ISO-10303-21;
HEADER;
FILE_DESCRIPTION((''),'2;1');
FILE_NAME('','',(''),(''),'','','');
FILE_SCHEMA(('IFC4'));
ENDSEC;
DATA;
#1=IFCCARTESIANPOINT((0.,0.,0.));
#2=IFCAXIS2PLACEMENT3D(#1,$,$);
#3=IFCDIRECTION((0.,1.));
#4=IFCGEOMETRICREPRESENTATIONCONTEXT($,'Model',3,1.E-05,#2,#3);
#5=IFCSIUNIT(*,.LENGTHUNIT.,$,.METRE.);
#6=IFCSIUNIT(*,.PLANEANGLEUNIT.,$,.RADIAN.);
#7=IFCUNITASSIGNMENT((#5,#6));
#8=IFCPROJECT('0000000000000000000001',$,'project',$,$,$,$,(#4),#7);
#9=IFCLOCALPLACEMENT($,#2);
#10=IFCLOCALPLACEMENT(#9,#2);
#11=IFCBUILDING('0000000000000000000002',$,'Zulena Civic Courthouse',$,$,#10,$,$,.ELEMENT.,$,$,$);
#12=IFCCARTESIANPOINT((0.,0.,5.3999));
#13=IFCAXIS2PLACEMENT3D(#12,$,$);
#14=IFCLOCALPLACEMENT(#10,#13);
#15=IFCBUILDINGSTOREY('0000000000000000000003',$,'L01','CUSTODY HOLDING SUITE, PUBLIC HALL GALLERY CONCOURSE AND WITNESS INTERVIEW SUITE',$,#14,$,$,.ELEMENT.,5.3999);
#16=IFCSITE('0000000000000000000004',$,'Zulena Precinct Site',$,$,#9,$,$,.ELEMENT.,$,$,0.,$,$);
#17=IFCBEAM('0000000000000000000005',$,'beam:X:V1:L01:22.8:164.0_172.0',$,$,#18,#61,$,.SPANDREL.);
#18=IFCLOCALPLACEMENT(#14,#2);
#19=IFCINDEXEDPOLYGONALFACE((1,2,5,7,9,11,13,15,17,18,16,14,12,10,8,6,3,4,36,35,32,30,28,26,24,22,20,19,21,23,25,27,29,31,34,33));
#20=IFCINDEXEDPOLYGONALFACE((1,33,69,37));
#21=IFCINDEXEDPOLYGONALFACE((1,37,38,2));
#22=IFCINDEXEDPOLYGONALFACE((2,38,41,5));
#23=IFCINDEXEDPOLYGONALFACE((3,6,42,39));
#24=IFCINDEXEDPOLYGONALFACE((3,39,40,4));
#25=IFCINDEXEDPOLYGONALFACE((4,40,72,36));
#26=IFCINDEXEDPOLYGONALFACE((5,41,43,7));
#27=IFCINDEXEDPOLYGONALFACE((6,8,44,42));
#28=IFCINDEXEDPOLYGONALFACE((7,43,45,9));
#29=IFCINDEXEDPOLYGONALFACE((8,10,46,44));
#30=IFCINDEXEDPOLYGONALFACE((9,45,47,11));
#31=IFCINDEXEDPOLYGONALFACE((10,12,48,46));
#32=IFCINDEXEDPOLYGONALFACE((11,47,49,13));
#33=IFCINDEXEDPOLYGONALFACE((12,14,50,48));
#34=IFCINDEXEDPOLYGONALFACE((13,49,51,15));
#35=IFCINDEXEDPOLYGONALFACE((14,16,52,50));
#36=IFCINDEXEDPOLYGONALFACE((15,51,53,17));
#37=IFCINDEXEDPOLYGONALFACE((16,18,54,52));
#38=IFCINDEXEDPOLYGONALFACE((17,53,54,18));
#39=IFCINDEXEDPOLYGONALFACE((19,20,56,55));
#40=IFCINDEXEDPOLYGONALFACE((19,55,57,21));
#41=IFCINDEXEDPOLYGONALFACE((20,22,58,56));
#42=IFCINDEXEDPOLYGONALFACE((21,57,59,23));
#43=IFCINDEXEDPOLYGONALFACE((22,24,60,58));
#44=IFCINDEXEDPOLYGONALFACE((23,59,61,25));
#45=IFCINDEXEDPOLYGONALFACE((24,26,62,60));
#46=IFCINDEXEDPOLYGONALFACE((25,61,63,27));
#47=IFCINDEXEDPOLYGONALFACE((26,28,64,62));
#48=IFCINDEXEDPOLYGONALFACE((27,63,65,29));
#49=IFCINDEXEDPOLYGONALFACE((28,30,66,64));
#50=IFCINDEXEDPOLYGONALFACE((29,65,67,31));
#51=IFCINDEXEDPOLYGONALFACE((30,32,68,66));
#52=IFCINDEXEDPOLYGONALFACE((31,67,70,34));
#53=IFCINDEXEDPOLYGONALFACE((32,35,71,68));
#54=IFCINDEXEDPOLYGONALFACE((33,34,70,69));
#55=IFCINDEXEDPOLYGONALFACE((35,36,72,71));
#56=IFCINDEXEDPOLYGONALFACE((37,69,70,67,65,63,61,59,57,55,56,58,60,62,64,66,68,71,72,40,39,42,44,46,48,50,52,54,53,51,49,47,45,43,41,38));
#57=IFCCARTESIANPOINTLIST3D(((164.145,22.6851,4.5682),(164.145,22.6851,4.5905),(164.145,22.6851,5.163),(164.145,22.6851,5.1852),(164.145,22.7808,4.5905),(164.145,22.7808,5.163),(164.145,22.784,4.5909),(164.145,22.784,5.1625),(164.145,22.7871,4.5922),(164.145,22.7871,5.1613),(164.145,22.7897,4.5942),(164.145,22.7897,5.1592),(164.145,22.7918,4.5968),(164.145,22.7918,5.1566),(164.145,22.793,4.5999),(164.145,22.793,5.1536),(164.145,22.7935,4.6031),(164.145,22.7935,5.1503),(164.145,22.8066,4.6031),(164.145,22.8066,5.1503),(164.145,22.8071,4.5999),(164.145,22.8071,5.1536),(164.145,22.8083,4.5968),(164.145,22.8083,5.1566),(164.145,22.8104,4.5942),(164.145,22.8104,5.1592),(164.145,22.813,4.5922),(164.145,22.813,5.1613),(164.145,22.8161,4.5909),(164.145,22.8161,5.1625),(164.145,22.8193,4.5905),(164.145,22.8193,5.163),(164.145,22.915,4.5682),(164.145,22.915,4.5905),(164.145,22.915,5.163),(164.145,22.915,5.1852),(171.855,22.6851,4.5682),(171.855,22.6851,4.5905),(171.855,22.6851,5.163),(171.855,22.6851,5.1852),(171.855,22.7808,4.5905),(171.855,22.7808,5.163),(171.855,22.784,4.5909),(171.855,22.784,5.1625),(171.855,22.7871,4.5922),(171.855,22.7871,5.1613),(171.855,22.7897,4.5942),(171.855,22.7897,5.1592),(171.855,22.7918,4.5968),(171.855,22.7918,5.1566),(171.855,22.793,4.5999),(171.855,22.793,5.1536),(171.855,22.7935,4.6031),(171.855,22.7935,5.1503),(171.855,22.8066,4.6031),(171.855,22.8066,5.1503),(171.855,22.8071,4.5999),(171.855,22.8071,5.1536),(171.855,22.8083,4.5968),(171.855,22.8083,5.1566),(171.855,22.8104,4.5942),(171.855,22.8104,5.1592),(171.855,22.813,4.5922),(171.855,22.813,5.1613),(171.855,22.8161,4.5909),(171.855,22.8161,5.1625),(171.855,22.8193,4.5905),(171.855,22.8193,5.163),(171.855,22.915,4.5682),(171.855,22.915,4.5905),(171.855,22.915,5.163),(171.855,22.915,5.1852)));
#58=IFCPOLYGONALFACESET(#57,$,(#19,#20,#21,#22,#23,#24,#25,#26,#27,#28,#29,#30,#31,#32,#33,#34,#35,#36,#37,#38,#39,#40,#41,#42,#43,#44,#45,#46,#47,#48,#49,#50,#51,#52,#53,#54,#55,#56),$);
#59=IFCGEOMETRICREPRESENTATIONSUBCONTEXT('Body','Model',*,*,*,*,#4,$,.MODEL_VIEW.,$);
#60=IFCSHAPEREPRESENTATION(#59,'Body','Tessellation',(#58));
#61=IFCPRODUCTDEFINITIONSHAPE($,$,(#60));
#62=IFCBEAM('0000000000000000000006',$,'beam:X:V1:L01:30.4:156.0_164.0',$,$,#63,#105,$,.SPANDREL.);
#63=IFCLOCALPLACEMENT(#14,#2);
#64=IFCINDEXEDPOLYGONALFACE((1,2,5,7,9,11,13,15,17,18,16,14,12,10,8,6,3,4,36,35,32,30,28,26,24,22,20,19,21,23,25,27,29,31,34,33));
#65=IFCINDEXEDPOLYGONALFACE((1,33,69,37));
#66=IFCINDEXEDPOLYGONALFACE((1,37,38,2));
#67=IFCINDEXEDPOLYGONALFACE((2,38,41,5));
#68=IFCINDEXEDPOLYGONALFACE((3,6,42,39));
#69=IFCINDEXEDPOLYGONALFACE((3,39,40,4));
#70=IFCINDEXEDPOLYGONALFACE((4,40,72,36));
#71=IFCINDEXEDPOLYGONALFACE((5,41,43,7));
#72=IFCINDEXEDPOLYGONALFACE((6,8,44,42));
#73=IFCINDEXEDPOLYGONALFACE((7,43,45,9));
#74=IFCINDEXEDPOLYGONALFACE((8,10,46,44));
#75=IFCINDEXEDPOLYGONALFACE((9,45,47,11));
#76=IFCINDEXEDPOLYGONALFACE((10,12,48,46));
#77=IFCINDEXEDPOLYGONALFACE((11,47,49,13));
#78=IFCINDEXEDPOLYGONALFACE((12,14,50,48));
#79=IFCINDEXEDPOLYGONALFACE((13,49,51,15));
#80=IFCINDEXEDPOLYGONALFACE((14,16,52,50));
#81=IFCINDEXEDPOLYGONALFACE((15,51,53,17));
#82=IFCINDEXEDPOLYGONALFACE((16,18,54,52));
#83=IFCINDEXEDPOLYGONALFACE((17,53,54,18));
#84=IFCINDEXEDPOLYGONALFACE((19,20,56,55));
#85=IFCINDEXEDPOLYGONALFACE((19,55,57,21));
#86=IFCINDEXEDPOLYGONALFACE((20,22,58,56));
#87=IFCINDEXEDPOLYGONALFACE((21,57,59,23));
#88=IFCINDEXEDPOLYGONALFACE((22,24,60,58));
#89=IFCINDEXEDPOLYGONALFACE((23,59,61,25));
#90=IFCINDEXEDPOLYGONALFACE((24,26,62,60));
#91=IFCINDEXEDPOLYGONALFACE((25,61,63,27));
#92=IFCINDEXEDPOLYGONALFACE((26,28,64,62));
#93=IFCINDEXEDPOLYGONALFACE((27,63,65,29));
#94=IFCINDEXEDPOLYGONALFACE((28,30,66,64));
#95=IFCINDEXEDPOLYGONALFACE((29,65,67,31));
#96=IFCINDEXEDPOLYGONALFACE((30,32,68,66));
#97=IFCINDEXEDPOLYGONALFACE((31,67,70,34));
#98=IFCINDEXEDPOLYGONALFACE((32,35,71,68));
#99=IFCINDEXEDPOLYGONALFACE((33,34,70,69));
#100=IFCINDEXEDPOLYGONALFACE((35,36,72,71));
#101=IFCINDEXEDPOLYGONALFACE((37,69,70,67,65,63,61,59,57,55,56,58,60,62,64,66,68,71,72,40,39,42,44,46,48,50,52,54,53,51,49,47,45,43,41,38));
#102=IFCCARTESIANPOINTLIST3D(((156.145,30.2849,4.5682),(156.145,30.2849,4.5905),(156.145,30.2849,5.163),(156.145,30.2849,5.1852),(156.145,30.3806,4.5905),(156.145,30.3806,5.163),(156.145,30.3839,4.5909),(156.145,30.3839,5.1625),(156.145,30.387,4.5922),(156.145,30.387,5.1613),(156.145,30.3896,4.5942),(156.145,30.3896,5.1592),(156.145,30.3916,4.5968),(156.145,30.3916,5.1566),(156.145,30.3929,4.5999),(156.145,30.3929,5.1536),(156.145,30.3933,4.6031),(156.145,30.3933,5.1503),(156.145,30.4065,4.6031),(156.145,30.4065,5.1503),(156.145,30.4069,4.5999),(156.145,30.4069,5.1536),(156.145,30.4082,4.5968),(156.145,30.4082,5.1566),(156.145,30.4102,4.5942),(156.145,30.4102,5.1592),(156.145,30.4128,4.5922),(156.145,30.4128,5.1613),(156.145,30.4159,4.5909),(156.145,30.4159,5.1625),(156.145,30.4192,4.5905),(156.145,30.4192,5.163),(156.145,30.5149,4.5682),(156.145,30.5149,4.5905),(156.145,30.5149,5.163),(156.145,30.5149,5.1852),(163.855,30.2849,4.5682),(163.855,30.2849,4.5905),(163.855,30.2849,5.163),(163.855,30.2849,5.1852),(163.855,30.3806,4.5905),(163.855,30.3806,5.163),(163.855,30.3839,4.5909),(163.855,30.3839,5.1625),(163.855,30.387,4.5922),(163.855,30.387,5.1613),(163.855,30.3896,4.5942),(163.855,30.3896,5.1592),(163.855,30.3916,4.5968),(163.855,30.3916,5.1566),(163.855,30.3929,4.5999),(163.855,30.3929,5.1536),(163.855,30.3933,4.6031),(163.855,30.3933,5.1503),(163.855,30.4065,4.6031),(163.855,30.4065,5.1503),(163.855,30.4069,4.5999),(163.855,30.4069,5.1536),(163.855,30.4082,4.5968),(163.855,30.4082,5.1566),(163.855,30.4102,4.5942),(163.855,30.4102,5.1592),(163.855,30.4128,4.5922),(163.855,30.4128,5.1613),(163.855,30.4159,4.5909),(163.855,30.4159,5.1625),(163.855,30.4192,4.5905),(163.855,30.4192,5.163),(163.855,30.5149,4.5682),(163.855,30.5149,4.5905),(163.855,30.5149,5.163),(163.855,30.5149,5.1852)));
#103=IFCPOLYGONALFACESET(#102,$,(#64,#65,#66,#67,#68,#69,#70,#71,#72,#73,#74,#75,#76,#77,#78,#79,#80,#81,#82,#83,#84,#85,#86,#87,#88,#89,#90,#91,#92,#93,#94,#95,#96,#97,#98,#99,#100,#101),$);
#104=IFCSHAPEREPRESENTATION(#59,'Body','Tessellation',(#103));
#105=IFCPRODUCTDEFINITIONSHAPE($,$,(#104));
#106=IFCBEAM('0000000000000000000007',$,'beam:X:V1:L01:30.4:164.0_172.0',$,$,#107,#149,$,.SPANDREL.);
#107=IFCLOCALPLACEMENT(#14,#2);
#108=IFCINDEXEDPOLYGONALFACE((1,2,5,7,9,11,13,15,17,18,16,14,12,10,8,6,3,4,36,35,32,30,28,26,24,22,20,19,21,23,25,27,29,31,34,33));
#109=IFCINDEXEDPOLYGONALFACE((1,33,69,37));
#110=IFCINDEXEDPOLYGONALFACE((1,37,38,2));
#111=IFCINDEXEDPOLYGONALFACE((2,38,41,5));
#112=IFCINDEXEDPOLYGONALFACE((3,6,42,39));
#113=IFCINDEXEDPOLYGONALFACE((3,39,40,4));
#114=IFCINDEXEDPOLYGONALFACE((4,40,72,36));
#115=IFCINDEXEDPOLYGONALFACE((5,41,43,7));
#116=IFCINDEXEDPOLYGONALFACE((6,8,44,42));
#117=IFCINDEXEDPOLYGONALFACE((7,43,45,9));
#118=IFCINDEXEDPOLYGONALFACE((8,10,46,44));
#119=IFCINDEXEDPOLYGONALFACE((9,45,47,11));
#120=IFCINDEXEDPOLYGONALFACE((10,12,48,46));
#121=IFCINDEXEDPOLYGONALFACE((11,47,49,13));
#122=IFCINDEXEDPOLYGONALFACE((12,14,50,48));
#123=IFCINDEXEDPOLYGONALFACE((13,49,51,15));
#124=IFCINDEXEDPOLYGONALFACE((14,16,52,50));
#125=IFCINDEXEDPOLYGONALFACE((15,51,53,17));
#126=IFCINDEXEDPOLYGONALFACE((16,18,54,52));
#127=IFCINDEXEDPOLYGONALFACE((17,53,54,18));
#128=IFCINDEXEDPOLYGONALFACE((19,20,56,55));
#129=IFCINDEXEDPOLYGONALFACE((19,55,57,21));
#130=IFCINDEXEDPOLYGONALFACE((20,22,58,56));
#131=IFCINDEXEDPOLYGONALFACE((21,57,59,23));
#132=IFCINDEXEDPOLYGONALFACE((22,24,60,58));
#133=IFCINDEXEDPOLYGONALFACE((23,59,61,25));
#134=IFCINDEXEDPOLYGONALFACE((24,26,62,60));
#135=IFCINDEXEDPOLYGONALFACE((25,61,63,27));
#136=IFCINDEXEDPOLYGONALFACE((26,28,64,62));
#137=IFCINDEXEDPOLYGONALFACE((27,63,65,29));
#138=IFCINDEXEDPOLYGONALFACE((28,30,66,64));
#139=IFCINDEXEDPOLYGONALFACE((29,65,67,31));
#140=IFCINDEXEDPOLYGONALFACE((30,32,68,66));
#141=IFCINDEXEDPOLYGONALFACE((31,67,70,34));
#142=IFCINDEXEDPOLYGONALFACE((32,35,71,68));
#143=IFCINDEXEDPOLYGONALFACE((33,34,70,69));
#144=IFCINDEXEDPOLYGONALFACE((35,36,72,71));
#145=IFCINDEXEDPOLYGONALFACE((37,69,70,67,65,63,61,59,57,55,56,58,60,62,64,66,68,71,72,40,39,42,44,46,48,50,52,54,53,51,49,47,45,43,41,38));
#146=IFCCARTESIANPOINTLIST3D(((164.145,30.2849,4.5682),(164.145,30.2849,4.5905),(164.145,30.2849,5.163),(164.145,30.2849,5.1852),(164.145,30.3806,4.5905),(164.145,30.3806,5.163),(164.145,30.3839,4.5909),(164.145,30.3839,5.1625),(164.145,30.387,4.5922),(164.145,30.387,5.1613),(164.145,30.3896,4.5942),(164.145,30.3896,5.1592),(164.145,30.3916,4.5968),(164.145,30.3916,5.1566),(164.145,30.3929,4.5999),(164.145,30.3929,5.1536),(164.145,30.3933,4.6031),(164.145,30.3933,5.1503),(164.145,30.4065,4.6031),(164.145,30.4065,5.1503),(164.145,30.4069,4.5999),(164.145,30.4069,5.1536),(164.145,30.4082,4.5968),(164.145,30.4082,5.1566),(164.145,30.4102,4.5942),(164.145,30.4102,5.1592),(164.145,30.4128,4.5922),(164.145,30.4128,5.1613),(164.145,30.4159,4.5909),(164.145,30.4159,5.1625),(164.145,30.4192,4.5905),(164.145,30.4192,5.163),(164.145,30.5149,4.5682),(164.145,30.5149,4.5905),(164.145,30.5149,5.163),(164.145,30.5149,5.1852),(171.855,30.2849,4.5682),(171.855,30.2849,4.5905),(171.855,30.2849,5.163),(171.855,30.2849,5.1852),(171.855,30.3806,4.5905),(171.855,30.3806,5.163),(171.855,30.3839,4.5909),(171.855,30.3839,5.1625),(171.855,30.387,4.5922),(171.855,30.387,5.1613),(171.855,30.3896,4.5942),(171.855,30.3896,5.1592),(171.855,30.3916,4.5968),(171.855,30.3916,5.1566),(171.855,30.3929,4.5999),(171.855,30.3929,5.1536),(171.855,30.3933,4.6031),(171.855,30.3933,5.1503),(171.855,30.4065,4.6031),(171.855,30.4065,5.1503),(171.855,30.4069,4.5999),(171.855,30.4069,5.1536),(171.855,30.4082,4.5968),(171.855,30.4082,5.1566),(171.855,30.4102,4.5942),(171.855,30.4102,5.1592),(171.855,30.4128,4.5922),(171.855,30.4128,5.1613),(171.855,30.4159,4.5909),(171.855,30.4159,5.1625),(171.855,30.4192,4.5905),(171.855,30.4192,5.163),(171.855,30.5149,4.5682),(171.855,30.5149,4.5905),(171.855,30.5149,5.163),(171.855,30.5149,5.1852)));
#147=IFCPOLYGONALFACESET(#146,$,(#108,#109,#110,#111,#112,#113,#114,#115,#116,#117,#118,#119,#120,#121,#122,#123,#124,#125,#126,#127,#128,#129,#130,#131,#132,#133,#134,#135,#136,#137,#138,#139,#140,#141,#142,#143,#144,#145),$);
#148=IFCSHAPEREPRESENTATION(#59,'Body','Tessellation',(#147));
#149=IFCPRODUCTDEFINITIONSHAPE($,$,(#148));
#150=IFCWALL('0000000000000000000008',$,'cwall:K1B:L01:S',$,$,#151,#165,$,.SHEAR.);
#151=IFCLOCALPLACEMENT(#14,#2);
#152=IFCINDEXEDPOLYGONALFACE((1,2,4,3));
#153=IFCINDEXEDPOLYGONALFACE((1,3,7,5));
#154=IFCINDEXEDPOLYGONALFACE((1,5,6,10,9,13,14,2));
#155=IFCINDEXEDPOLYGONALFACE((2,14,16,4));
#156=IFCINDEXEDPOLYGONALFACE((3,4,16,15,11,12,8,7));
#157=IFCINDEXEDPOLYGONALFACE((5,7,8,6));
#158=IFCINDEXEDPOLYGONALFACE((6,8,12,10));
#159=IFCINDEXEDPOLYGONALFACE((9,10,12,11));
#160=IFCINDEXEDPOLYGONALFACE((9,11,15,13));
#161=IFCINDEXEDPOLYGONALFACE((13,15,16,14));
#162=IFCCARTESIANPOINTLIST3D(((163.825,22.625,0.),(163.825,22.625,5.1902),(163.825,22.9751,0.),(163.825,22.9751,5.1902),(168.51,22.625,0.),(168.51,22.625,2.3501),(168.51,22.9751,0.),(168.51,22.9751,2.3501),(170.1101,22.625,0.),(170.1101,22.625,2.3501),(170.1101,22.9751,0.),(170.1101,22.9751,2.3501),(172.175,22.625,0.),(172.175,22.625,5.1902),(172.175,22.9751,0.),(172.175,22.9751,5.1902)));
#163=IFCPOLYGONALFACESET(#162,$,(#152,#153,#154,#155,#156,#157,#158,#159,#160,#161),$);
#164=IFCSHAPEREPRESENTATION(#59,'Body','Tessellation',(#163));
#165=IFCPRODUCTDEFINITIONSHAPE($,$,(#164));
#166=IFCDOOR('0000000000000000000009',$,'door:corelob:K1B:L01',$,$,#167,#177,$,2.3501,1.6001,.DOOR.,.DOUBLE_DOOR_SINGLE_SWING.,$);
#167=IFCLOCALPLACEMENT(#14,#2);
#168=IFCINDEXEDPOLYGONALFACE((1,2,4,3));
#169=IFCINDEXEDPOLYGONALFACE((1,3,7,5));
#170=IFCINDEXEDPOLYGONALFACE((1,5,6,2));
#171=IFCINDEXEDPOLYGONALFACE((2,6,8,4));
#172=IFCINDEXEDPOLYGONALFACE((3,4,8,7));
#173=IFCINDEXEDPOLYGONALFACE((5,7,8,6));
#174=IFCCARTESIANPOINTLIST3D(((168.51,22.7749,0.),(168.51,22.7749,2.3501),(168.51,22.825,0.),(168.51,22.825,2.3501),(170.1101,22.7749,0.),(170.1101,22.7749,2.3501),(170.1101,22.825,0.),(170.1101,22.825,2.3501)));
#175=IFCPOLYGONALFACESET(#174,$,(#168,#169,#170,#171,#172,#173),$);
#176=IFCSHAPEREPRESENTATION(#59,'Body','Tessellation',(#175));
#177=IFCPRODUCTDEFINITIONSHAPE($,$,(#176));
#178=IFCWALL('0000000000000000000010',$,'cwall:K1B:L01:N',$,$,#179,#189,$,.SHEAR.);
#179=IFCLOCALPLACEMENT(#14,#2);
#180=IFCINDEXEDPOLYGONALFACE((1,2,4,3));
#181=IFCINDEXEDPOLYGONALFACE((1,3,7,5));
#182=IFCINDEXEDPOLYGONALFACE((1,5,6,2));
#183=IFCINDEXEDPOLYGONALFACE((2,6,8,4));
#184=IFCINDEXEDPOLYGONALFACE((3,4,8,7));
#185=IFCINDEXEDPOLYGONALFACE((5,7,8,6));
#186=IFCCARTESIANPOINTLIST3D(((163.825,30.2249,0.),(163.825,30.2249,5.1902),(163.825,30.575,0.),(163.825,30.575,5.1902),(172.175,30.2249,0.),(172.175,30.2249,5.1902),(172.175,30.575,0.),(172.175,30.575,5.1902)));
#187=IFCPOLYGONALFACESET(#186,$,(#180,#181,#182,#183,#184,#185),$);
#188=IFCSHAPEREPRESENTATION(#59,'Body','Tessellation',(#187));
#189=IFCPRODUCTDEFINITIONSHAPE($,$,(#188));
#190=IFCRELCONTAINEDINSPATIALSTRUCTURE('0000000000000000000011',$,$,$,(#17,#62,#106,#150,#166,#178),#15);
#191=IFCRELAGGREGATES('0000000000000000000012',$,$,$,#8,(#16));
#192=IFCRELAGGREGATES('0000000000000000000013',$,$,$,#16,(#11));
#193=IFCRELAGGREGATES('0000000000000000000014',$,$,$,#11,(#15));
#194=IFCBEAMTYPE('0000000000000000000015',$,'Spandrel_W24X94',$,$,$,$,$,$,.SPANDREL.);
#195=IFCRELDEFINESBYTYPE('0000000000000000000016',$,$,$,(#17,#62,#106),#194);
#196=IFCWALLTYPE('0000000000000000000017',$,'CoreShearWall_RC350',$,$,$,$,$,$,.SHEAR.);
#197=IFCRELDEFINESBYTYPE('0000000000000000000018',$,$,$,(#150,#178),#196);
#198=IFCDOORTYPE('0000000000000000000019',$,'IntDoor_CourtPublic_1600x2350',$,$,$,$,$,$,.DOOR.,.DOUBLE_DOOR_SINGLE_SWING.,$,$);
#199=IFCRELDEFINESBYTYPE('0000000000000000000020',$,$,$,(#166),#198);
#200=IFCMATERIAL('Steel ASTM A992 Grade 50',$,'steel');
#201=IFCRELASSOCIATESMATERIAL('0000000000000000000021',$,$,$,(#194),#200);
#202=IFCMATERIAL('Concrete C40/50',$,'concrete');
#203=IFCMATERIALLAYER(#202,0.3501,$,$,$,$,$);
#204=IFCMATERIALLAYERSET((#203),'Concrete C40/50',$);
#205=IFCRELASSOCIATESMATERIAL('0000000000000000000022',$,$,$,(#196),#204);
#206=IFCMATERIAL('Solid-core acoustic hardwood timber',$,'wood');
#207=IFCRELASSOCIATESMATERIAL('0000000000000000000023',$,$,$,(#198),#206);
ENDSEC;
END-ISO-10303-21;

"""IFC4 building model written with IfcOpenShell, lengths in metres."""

from ifc_helpers import new_model, si_unit, direction, frame, frame_2d, origin, origin_2d, place, context, subcontext, project, spatial, rectangle, i_section, extrude, material, layer, layer_set, material_profile, profile_set, type_object, element, fill, save


model = new_model("IFC4")

# Units and contexts
model_context = context("Model", 3, precision=1e-05, world=origin(), true_north=direction((0.0, 1.0)))
body_context = subcontext(model_context, "Body", "Model", "MODEL_VIEW")
ifc_project = project(units=[si_unit("LENGTHUNIT", "METRE"), si_unit("PLANEANGLEUNIT", "RADIAN")], contexts=[model_context])

# Site, building, storey
site_placement = place(None, origin())
site = spatial("IfcSite", under=ifc_project, at=site_placement, Name="Zulena Precinct Site", CompositionType="ELEMENT", RefElevation=0.0)
building_placement = place(site_placement, origin())
building = spatial("IfcBuilding", under=site, at=building_placement, Name="Zulena Civic Courthouse", CompositionType="ELEMENT")
storey_placement = place(building_placement, frame((0.0, 0.0, 5.3999)))
storey = spatial("IfcBuildingStorey", under=building, at=storey_placement, Name="L01", Description="CUSTODY HOLDING SUITE, PUBLIC HALL GALLERY CONCOURSE AND WITNESS INTERVIEW SUITE", CompositionType="ELEMENT", Elevation=5.3999)

# Shared definitions
ifc_material_1 = material(Name="Steel ASTM A992 Grade 50", Category="steel")

# Beams
ifc_material_profile_1 = material_profile(ifc_material_1, i_section(OverallWidth=0.23, OverallDepth=0.6169, WebThickness=0.0132, FlangeThickness=0.0222, FilletRadius=0.0127, at=origin_2d()), Name="W24X94")
ifc_profile_set_1 = profile_set([ifc_material_profile_1], Name="Steel ASTM A992 Grade 50")
beam_type_1 = type_object("IfcBeamType", Name="Spandrel_W24X94", PredefinedType="SPANDREL", material=ifc_profile_set_1)
for number, where, z_axis, x_axis, name in (
    (1, (164.145, 22.8, 4.8767), (1.0, 0.0, 0.0), (0.0, 1.0, 0.0), "beam:X:V1:L01:22.8:164.0_172.0"),
    (2, (156.145, 30.3999, 4.8767), (1.0, 0.0, 0.0), (0.0, 1.0, 0.0), "beam:X:V1:L01:30.4:156.0_164.0"),
    (3, (164.145, 30.3999, 4.8767), (1.0, 0.0, 0.0), (0.0, 1.0, 0.0), "beam:X:V1:L01:30.4:164.0_172.0"),
):
    element("IfcBeam", number, at=place(storey_placement, frame(where, z_axis=z_axis, x_axis=x_axis)), inside=storey, type_object=beam_type_1, Name=name, PredefinedType="SPANDREL", context=body_context, shape_type="SweptSolid", body=[
        extrude(i_section(OverallWidth=0.23, OverallDepth=0.6169, WebThickness=0.0132, FlangeThickness=0.0222, FilletRadius=0.0127, at=origin_2d()), origin(), (0.0, 0.0, 1.0), 7.71),
    ])

# Wall, opening, door
ifc_material_2 = material(Name="Concrete C40/50", Category="concrete")
ifc_layer_1 = layer(ifc_material_2, 0.3501)
ifc_layer_set_1 = layer_set([ifc_layer_1], Name="Concrete C40/50")
wall_type_1 = type_object("IfcWallType", Name="CoreShearWall_RC350", PredefinedType="SHEAR", material=ifc_layer_set_1)
wall_1_placement = place(storey_placement, frame((163.825, 22.8, 0.0), z_axis=(0.0, 0.0, 1.0), x_axis=(1.0, 0.0, 0.0)))
wall_1 = element("IfcWall", 4, at=wall_1_placement, inside=storey, type_object=wall_type_1, Name="cwall:K1B:L01:S", PredefinedType="SHEAR", context=body_context, shape_type="SweptSolid", body=[
    extrude(rectangle(XDim=8.3501, YDim=0.3501, at=frame_2d((4.175, 0.0))), origin(), (0.0, 0.0, 1.0), 5.1902),
])
opening_1_placement = place(wall_1_placement, frame((4.6851, 0.0, 0.0)))
opening_1 = element("IfcOpeningElement", 5, at=opening_1_placement, cuts=wall_1, PredefinedType="OPENING", context=body_context, shape_type="SweptSolid", body=[
    extrude(rectangle(XDim=1.6001, YDim=2.3501, at=frame_2d((0.8, 1.175))), frame((0.0, 0.1851, 0.0), z_axis=(0.0, -1.0, 0.0), x_axis=(1.0, 0.0, 0.0)), (0.0, 0.0, 1.0), 0.3701),
])
ifc_material_3 = material(Name="Solid-core acoustic hardwood timber", Category="wood")
door_type_1 = type_object("IfcDoorType", Name="IntDoor_CourtPublic_1600x2350", OperationType="DOUBLE_DOOR_SINGLE_SWING", PredefinedType="DOOR", material=ifc_material_3)
door_1_placement = place(opening_1_placement, origin())
door_1 = element("IfcDoor", 6, at=door_1_placement, inside=storey, type_object=door_type_1, Name="door:corelob:K1B:L01", OperationType="DOUBLE_DOOR_SINGLE_SWING", OverallHeight=2.3501, OverallWidth=1.6001, PredefinedType="DOOR", context=body_context, shape_type="SweptSolid", body=[
    extrude(rectangle(XDim=1.6001, YDim=2.3501, at=frame_2d((0.8, 1.175))), frame((0.0, 0.0249, 0.0), z_axis=(0.0, -1.0, 0.0), x_axis=(1.0, 0.0, 0.0)), (0.0, 0.0, 1.0), 0.05),
])
fill(opening_1, door_1)

# Wall
wall_2_placement = place(storey_placement, frame((163.825, 30.3999, 0.0), z_axis=(0.0, 0.0, 1.0), x_axis=(1.0, 0.0, 0.0)))
element("IfcWall", 7, at=wall_2_placement, inside=storey, type_object=wall_type_1, Name="cwall:K1B:L01:N", PredefinedType="SHEAR", context=body_context, shape_type="SweptSolid", body=[
    extrude(rectangle(XDim=8.3501, YDim=0.3501, at=frame_2d((4.175, 0.0))), origin(), (0.0, 0.0, 1.0), 5.1902),
])

save(model, "model.ifc")
